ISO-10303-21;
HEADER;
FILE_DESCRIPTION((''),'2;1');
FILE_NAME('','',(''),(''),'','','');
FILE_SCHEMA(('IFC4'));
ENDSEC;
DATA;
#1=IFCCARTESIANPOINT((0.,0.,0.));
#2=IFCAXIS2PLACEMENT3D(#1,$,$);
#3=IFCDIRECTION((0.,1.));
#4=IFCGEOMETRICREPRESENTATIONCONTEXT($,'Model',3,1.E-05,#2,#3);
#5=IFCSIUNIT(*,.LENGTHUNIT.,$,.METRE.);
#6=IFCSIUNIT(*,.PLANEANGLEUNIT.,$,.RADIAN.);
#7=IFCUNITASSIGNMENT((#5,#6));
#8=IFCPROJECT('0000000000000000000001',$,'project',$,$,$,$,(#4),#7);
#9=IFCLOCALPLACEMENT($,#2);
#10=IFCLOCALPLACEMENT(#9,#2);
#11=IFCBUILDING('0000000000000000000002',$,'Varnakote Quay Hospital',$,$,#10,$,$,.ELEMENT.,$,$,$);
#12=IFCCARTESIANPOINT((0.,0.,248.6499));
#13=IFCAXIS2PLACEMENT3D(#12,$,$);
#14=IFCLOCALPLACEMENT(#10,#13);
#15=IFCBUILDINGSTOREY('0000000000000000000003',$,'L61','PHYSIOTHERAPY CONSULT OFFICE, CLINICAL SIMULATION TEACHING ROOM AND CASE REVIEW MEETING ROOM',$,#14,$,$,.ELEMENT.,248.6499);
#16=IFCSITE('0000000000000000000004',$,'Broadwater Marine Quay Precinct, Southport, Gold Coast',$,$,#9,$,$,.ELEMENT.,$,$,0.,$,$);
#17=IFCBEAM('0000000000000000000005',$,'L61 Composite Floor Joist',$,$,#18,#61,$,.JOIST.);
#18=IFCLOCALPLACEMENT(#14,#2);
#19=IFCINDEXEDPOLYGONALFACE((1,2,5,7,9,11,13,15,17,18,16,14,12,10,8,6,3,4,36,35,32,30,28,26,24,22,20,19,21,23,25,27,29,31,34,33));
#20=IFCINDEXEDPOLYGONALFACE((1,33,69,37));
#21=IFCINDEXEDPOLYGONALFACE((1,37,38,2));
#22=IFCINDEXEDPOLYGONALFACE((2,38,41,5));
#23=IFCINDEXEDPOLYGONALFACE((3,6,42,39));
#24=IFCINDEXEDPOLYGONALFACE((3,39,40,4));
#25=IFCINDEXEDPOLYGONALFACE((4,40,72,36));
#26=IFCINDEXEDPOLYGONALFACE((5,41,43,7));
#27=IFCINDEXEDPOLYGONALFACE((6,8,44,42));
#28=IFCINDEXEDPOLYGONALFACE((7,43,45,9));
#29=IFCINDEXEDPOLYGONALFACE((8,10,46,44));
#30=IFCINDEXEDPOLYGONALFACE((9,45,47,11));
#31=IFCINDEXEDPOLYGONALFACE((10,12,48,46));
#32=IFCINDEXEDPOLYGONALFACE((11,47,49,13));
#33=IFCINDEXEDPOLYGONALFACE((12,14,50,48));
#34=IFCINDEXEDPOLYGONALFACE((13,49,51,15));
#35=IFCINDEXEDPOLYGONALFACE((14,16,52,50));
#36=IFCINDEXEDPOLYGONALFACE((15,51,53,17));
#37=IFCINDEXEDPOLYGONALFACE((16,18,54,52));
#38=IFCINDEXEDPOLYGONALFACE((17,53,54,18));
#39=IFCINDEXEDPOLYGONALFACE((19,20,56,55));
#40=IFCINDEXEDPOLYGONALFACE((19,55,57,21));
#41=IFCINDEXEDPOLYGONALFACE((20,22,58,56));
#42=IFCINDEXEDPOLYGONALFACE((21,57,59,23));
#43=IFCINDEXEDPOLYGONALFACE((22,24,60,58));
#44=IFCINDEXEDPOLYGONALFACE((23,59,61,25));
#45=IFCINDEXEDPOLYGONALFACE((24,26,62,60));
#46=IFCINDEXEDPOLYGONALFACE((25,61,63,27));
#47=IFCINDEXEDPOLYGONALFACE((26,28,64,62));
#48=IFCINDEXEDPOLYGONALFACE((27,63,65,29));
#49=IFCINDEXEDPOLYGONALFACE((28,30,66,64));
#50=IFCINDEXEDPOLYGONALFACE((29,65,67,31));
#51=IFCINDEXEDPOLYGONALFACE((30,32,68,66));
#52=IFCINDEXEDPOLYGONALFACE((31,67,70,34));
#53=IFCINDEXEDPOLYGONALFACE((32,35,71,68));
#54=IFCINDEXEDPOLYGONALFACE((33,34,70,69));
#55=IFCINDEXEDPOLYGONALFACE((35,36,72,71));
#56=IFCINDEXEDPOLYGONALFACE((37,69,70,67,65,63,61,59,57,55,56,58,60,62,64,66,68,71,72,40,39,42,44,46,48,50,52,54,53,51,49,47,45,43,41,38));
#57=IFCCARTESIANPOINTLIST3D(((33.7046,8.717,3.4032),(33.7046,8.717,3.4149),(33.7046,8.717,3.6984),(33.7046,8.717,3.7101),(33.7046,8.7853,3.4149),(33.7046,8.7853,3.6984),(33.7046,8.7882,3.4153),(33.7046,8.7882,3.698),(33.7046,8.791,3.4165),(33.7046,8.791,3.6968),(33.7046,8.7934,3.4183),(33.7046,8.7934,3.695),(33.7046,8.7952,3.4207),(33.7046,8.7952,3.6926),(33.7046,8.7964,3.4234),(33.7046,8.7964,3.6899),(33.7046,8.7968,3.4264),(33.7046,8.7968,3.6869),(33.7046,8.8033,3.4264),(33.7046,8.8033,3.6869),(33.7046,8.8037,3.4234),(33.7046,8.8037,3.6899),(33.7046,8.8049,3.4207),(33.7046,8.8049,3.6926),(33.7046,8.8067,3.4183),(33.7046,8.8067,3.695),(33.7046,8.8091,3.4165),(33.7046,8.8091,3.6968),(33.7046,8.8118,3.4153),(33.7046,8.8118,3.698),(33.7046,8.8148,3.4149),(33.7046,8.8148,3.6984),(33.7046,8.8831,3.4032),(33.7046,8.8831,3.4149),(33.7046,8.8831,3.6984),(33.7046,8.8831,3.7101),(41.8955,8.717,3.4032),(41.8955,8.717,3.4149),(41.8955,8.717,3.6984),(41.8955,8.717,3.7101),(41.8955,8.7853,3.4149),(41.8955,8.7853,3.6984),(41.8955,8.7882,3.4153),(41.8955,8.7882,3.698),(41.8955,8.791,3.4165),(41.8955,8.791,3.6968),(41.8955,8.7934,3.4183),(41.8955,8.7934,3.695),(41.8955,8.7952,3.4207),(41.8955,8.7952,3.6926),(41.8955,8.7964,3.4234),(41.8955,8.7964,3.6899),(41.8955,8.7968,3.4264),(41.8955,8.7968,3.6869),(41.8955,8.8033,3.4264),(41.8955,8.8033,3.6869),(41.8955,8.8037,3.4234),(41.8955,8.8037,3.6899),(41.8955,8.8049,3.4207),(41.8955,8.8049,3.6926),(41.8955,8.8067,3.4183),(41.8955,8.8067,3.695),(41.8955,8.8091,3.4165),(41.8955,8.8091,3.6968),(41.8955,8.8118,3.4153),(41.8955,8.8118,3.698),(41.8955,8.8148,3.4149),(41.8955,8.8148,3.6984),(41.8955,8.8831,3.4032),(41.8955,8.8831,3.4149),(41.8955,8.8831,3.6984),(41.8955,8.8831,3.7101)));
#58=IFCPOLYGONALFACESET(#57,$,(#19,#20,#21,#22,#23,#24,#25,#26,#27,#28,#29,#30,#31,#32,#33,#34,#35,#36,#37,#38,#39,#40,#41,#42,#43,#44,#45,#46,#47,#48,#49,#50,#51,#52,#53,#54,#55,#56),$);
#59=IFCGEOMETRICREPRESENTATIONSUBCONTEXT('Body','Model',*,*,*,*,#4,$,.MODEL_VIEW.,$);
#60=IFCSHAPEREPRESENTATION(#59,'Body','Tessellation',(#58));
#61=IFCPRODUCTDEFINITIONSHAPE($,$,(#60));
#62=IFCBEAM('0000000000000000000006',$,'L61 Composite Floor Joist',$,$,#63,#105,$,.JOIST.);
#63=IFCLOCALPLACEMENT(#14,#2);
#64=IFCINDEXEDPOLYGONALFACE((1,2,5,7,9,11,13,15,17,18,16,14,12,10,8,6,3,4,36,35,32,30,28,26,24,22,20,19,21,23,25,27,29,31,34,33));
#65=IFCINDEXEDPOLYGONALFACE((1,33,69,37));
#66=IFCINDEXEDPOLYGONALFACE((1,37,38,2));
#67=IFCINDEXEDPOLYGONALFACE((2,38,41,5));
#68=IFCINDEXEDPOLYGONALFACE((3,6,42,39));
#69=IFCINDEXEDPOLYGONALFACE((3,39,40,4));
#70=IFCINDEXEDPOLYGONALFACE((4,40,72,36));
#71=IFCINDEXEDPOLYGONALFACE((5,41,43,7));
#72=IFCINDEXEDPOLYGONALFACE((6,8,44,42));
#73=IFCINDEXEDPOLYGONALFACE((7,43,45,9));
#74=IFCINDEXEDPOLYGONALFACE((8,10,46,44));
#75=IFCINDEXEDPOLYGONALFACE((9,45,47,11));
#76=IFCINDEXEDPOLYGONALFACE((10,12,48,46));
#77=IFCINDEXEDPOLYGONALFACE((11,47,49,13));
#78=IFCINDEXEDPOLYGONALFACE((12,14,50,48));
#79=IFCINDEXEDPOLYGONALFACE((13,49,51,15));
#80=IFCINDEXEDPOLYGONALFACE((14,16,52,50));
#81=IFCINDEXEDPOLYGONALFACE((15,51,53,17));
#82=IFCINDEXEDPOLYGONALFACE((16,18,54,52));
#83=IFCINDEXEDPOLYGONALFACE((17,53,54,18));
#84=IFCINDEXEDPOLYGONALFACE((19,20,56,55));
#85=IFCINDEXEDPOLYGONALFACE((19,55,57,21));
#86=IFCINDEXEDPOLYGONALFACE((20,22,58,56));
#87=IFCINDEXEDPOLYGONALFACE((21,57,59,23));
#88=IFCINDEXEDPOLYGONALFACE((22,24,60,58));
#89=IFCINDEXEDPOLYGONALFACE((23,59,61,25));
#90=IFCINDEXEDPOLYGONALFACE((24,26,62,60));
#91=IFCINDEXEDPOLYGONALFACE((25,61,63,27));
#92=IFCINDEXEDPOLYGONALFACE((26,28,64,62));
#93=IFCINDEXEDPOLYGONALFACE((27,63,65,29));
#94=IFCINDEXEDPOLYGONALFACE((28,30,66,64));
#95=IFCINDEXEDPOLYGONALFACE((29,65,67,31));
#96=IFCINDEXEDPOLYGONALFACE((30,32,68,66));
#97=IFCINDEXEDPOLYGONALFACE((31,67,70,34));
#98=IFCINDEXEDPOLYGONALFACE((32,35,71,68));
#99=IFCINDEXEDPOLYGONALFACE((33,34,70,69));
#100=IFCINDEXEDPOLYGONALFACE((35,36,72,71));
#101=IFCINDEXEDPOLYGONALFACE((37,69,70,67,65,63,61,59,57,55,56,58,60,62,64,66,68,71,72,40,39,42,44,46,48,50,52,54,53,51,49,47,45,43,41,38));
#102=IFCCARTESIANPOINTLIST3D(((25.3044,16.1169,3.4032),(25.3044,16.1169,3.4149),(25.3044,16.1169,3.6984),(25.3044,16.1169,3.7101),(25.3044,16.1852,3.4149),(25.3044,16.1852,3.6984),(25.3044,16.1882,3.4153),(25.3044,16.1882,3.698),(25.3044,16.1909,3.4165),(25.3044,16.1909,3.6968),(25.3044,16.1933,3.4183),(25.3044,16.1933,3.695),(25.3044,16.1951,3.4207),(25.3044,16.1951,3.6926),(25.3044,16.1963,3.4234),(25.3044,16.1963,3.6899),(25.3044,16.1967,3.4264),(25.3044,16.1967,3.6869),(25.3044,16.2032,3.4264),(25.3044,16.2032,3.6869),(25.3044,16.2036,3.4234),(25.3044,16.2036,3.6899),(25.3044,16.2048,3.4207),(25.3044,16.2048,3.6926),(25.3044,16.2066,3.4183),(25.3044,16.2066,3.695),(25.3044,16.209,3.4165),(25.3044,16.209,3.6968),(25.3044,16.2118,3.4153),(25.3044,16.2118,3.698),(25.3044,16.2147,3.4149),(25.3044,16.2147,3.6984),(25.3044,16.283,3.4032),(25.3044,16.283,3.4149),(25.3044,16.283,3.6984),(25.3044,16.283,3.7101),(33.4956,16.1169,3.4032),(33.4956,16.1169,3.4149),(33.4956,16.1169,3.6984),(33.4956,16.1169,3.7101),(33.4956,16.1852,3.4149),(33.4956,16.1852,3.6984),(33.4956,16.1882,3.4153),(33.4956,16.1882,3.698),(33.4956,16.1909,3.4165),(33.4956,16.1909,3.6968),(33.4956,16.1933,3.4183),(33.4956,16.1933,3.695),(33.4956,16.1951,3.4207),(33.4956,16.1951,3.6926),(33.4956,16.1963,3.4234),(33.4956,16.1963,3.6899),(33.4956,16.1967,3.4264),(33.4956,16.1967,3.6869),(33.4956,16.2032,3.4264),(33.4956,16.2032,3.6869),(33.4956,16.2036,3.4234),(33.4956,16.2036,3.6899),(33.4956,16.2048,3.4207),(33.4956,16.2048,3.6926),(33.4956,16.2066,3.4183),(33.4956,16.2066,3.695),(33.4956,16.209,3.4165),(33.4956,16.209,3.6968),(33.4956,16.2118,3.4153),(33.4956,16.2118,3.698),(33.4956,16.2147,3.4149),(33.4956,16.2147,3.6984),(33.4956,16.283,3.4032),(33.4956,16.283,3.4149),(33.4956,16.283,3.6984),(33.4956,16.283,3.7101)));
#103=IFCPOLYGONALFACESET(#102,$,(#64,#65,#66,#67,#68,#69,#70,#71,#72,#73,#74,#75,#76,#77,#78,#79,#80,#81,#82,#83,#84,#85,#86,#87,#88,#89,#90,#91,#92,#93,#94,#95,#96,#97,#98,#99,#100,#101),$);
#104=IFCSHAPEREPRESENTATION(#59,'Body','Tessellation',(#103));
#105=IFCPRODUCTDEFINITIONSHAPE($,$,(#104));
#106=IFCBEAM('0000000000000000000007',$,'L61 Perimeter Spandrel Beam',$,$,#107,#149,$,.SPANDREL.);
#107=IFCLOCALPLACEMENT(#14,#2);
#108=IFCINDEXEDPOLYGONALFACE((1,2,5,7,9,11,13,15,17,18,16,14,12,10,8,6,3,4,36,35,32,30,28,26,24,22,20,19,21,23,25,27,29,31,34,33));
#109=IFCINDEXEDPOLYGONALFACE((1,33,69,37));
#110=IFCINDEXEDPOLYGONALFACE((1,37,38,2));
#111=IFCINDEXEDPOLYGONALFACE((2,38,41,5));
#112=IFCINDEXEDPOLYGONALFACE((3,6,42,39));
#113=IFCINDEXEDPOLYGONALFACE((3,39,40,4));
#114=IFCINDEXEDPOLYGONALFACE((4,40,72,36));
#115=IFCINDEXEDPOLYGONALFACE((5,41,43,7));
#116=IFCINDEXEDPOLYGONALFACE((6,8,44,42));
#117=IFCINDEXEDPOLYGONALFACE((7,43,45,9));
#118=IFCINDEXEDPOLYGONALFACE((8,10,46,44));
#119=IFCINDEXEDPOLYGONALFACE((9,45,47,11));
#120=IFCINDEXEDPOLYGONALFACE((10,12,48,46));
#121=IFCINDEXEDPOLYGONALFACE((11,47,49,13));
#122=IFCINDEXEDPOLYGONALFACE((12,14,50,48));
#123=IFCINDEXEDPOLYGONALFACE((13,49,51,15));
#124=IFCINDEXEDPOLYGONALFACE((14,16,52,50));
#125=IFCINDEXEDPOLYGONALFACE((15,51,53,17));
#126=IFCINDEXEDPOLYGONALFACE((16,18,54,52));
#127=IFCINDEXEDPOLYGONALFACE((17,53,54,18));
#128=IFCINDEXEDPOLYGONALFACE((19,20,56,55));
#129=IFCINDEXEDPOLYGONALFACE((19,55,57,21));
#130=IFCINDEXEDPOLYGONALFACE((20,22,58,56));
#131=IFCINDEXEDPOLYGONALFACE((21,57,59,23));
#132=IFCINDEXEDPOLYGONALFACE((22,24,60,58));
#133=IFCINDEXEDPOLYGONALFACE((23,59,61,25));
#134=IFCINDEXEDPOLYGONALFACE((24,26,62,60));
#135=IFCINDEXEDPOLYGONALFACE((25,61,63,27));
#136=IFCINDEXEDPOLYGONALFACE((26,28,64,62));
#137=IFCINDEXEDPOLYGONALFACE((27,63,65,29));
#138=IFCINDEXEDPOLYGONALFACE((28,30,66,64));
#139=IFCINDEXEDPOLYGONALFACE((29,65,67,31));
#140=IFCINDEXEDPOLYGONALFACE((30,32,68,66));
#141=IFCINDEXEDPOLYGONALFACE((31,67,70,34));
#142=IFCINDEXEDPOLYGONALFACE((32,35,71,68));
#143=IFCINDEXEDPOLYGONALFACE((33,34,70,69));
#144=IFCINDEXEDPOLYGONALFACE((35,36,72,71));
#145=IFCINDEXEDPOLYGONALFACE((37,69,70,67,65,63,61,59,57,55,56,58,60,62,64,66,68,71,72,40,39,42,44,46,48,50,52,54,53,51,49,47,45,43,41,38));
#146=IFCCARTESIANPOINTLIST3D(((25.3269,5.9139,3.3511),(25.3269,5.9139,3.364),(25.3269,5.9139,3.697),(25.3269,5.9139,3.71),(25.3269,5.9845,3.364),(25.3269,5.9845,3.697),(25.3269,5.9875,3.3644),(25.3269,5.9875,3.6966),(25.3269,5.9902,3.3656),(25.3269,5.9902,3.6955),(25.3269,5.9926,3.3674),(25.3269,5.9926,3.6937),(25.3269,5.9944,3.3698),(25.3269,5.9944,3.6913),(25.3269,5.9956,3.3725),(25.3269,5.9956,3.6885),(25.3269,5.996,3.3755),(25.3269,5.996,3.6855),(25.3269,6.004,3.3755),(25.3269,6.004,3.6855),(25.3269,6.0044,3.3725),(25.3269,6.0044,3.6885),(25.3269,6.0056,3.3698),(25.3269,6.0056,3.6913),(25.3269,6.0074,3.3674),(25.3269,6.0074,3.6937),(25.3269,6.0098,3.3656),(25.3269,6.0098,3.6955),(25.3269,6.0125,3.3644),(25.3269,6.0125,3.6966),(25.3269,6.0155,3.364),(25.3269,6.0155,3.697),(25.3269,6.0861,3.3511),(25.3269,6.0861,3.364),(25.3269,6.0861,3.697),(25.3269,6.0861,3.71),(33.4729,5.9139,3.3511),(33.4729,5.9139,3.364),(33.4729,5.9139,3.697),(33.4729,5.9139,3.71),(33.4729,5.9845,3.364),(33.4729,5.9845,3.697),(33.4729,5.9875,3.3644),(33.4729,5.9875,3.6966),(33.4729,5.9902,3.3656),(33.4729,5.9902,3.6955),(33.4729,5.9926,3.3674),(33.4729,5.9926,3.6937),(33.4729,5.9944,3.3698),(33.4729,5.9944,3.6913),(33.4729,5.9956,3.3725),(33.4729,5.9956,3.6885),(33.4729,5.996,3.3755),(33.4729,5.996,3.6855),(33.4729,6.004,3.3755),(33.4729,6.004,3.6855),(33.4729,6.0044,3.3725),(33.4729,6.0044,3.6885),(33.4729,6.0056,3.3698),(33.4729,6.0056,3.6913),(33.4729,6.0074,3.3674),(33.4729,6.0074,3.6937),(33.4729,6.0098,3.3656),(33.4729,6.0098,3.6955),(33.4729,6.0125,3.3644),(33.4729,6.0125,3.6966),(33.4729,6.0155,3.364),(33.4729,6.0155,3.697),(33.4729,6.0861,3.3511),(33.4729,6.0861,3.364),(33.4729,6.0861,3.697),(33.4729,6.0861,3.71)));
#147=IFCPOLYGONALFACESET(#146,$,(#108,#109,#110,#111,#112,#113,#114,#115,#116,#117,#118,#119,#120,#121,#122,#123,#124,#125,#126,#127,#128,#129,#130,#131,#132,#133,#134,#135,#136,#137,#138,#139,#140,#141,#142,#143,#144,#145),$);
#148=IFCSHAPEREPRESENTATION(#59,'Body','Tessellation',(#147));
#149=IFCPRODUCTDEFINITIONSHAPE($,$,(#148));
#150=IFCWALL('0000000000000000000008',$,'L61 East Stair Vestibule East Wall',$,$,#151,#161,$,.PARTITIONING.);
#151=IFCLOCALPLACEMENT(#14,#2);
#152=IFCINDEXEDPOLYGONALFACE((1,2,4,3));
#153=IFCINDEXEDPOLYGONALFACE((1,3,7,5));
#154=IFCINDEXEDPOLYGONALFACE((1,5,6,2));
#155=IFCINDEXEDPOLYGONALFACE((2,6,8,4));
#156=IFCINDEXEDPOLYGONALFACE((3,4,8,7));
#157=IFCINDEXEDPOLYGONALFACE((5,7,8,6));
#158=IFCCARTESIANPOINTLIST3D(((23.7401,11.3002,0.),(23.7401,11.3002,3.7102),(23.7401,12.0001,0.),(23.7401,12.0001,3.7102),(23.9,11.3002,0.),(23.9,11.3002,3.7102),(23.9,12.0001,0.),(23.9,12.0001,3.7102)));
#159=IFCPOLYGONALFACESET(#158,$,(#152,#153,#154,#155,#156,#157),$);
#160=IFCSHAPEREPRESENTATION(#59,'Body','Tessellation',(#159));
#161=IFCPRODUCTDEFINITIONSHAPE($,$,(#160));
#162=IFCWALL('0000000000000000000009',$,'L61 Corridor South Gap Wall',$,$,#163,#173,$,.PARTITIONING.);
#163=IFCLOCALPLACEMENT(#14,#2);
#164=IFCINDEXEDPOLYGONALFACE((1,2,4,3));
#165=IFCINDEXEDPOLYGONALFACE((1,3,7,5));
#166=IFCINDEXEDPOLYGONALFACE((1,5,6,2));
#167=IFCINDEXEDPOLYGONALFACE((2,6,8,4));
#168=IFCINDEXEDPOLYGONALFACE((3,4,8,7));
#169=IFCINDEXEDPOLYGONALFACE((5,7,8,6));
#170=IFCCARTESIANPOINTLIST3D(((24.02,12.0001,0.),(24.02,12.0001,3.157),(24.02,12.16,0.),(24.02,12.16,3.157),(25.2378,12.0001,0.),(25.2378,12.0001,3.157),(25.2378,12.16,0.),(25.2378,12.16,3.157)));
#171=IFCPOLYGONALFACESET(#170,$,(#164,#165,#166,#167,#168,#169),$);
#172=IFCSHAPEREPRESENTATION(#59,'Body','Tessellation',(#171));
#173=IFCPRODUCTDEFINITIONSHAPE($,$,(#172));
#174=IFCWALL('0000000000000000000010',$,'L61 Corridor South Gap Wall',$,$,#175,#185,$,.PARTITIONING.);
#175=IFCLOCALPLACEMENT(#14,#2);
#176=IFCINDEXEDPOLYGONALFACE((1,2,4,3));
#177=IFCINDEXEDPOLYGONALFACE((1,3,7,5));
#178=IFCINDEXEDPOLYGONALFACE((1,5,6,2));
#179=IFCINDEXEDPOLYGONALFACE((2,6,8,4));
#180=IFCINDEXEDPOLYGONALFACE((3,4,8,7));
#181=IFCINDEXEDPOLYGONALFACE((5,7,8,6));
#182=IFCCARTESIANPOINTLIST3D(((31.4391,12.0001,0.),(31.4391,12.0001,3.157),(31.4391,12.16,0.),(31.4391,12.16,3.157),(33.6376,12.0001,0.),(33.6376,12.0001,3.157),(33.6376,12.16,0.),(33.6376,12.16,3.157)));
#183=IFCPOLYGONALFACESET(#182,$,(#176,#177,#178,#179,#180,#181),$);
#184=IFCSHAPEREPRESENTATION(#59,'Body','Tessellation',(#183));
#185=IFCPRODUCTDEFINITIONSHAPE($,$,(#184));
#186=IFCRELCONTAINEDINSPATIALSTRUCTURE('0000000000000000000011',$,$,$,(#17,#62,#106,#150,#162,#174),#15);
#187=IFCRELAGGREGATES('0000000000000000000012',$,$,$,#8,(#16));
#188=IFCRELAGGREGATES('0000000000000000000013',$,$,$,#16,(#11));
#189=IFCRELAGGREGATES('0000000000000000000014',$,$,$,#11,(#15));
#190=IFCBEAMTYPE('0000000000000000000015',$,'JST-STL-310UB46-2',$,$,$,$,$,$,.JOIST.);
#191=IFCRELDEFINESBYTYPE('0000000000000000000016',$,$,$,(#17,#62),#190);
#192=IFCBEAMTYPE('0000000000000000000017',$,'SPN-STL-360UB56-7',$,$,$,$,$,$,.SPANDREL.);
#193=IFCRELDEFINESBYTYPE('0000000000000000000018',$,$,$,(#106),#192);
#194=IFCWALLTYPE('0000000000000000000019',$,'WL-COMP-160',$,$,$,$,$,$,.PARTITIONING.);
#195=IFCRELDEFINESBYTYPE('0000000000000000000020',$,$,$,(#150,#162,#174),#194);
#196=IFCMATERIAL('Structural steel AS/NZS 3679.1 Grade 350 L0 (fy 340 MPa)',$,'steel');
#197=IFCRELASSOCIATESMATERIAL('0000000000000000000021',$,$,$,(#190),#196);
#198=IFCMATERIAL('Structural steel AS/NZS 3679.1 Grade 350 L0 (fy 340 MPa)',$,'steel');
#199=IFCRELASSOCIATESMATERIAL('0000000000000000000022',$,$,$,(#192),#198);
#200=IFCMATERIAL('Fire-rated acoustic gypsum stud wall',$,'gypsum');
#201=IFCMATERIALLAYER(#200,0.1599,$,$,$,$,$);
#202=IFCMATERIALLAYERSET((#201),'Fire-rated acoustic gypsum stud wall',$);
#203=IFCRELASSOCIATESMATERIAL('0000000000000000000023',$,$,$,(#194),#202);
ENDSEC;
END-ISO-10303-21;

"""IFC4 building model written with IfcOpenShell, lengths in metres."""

from ifc_helpers import new_model, si_unit, direction, frame, frame_2d, origin, origin_2d, place, context, subcontext, project, spatial, rectangle, i_section, extrude, material, layer, layer_set, material_profile, profile_set, type_object, element, save


model = new_model("IFC4")

# Units and contexts
model_context = context("Model", 3, precision=1e-05, world=origin(), true_north=direction((0.0, 1.0)))
body_context = subcontext(model_context, "Body", "Model", "MODEL_VIEW")
ifc_project = project(units=[si_unit("LENGTHUNIT", "METRE"), si_unit("PLANEANGLEUNIT", "RADIAN")], contexts=[model_context])

# Site, building, storey
site_placement = place(None, origin())
site = spatial("IfcSite", under=ifc_project, at=site_placement, Name="Broadwater Marine Quay Precinct, Southport, Gold Coast", CompositionType="ELEMENT", RefElevation=0.0)
building_placement = place(site_placement, origin())
building = spatial("IfcBuilding", under=site, at=building_placement, Name="Varnakote Quay Hospital", CompositionType="ELEMENT")
storey_placement = place(building_placement, frame((0.0, 0.0, 248.6499)))
storey = spatial("IfcBuildingStorey", under=building, at=storey_placement, Name="L61", Description="PHYSIOTHERAPY CONSULT OFFICE, CLINICAL SIMULATION TEACHING ROOM AND CASE REVIEW MEETING ROOM", CompositionType="ELEMENT", Elevation=248.6499)

# Beams
ifc_material_1 = material(Name="Structural steel AS/NZS 3679.1 Grade 350 L0 (fy 340 MPa)", Category="steel")
ifc_material_profile_1 = material_profile(ifc_material_1, i_section(OverallWidth=0.166, OverallDepth=0.3069, WebThickness=0.0066, FlangeThickness=0.0117, FilletRadius=0.0115, at=origin_2d()), Name="310UB46.2")
ifc_profile_set_1 = profile_set([ifc_material_profile_1], Name="Structural steel AS/NZS 3679.1 Grade 350 L0 (fy 340 MPa)")
beam_type_1 = type_object("IfcBeamType", Name="JST-STL-310UB46-2", PredefinedType="JOIST", material=ifc_profile_set_1)
beam_1_placement = place(storey_placement, frame((33.7046, 8.8, 3.5566), z_axis=(1.0, 0.0, 0.0), x_axis=(0.0, 1.0, 0.0)))
element("IfcBeam", 1, at=beam_1_placement, inside=storey, type_object=beam_type_1, Name="L61 Composite Floor Joist", PredefinedType="JOIST", context=body_context, shape_type="SweptSolid", body=[
    extrude(i_section(OverallWidth=0.166, OverallDepth=0.3069, WebThickness=0.0066, FlangeThickness=0.0117, FilletRadius=0.0115, at=origin_2d()), origin(), (0.0, 0.0, 1.0), 8.1909),
])
beam_2_placement = place(storey_placement, frame((25.3044, 16.2, 3.5566), z_axis=(1.0, 0.0, 0.0), x_axis=(0.0, 1.0, 0.0)))
element("IfcBeam", 2, at=beam_2_placement, inside=storey, type_object=beam_type_1, Name="L61 Composite Floor Joist", PredefinedType="JOIST", context=body_context, shape_type="SweptSolid", body=[
    extrude(i_section(OverallWidth=0.166, OverallDepth=0.3069, WebThickness=0.0066, FlangeThickness=0.0117, FilletRadius=0.0115, at=origin_2d()), origin(), (0.0, 0.0, 1.0), 8.1912),
])
ifc_material_2 = material(Name="Structural steel AS/NZS 3679.1 Grade 350 L0 (fy 340 MPa)", Category="steel")
ifc_material_profile_2 = material_profile(ifc_material_2, i_section(OverallWidth=0.1721, OverallDepth=0.3589, WebThickness=0.0081, FlangeThickness=0.0129, FilletRadius=0.0115, at=origin_2d()), Name="360UB56.7")
ifc_profile_set_2 = profile_set([ifc_material_profile_2], Name="Structural steel AS/NZS 3679.1 Grade 350 L0 (fy 340 MPa)")
beam_type_2 = type_object("IfcBeamType", Name="SPN-STL-360UB56-7", PredefinedType="SPANDREL", material=ifc_profile_set_2)
beam_3_placement = place(storey_placement, frame((25.3269, 6.0, 3.5305), z_axis=(1.0, 0.0, 0.0), x_axis=(0.0, 1.0, 0.0)))
element("IfcBeam", 3, at=beam_3_placement, inside=storey, type_object=beam_type_2, Name="L61 Perimeter Spandrel Beam", PredefinedType="SPANDREL", context=body_context, shape_type="SweptSolid", body=[
    extrude(i_section(OverallWidth=0.1721, OverallDepth=0.3589, WebThickness=0.0081, FlangeThickness=0.0129, FilletRadius=0.0115, at=origin_2d()), origin(), (0.0, 0.0, 1.0), 8.146),
])

# Walls
ifc_material_3 = material(Name="Fire-rated acoustic gypsum stud wall", Category="gypsum")
ifc_layer_1 = layer(ifc_material_3, 0.1599)
ifc_layer_set_1 = layer_set([ifc_layer_1], Name="Fire-rated acoustic gypsum stud wall")
wall_type_1 = type_object("IfcWallType", Name="WL-COMP-160", PredefinedType="PARTITIONING", material=ifc_layer_set_1)
wall_1_placement = place(storey_placement, frame((23.8201, 11.3, 0.0), z_axis=(0.0, 0.0, 1.0), x_axis=(0.0, 1.0, 0.0)))
element("IfcWall", 4, at=wall_1_placement, inside=storey, type_object=wall_type_1, Name="L61 East Stair Vestibule East Wall", PredefinedType="PARTITIONING", context=body_context, shape_type="SweptSolid", body=[
    extrude(rectangle(XDim=0.7, YDim=0.1599, at=frame_2d((0.3501, 0.0))), origin(), (0.0, 0.0, 1.0), 3.7102),
])
wall_2_placement = place(storey_placement, frame((24.02, 12.0801, 0.0), z_axis=(0.0, 0.0, 1.0), x_axis=(1.0, 0.0, 0.0)))
element("IfcWall", 5, at=wall_2_placement, inside=storey, type_object=wall_type_1, Name="L61 Corridor South Gap Wall", PredefinedType="PARTITIONING", context=body_context, shape_type="SweptSolid", body=[
    extrude(rectangle(XDim=1.2178, YDim=0.1599, at=frame_2d((0.6089, 0.0))), origin(), (0.0, 0.0, 1.0), 3.157),
])
wall_3_placement = place(storey_placement, frame((31.4392, 12.0801, 0.0), z_axis=(0.0, 0.0, 1.0), x_axis=(1.0, 0.0, 0.0)))
element("IfcWall", 6, at=wall_3_placement, inside=storey, type_object=wall_type_1, Name="L61 Corridor South Gap Wall", PredefinedType="PARTITIONING", context=body_context, shape_type="SweptSolid", body=[
    extrude(rectangle(XDim=2.1985, YDim=0.1599, at=frame_2d((1.0991, 0.0))), origin(), (0.0, 0.0, 1.0), 3.157),
])

save(model, "model.ifc")
